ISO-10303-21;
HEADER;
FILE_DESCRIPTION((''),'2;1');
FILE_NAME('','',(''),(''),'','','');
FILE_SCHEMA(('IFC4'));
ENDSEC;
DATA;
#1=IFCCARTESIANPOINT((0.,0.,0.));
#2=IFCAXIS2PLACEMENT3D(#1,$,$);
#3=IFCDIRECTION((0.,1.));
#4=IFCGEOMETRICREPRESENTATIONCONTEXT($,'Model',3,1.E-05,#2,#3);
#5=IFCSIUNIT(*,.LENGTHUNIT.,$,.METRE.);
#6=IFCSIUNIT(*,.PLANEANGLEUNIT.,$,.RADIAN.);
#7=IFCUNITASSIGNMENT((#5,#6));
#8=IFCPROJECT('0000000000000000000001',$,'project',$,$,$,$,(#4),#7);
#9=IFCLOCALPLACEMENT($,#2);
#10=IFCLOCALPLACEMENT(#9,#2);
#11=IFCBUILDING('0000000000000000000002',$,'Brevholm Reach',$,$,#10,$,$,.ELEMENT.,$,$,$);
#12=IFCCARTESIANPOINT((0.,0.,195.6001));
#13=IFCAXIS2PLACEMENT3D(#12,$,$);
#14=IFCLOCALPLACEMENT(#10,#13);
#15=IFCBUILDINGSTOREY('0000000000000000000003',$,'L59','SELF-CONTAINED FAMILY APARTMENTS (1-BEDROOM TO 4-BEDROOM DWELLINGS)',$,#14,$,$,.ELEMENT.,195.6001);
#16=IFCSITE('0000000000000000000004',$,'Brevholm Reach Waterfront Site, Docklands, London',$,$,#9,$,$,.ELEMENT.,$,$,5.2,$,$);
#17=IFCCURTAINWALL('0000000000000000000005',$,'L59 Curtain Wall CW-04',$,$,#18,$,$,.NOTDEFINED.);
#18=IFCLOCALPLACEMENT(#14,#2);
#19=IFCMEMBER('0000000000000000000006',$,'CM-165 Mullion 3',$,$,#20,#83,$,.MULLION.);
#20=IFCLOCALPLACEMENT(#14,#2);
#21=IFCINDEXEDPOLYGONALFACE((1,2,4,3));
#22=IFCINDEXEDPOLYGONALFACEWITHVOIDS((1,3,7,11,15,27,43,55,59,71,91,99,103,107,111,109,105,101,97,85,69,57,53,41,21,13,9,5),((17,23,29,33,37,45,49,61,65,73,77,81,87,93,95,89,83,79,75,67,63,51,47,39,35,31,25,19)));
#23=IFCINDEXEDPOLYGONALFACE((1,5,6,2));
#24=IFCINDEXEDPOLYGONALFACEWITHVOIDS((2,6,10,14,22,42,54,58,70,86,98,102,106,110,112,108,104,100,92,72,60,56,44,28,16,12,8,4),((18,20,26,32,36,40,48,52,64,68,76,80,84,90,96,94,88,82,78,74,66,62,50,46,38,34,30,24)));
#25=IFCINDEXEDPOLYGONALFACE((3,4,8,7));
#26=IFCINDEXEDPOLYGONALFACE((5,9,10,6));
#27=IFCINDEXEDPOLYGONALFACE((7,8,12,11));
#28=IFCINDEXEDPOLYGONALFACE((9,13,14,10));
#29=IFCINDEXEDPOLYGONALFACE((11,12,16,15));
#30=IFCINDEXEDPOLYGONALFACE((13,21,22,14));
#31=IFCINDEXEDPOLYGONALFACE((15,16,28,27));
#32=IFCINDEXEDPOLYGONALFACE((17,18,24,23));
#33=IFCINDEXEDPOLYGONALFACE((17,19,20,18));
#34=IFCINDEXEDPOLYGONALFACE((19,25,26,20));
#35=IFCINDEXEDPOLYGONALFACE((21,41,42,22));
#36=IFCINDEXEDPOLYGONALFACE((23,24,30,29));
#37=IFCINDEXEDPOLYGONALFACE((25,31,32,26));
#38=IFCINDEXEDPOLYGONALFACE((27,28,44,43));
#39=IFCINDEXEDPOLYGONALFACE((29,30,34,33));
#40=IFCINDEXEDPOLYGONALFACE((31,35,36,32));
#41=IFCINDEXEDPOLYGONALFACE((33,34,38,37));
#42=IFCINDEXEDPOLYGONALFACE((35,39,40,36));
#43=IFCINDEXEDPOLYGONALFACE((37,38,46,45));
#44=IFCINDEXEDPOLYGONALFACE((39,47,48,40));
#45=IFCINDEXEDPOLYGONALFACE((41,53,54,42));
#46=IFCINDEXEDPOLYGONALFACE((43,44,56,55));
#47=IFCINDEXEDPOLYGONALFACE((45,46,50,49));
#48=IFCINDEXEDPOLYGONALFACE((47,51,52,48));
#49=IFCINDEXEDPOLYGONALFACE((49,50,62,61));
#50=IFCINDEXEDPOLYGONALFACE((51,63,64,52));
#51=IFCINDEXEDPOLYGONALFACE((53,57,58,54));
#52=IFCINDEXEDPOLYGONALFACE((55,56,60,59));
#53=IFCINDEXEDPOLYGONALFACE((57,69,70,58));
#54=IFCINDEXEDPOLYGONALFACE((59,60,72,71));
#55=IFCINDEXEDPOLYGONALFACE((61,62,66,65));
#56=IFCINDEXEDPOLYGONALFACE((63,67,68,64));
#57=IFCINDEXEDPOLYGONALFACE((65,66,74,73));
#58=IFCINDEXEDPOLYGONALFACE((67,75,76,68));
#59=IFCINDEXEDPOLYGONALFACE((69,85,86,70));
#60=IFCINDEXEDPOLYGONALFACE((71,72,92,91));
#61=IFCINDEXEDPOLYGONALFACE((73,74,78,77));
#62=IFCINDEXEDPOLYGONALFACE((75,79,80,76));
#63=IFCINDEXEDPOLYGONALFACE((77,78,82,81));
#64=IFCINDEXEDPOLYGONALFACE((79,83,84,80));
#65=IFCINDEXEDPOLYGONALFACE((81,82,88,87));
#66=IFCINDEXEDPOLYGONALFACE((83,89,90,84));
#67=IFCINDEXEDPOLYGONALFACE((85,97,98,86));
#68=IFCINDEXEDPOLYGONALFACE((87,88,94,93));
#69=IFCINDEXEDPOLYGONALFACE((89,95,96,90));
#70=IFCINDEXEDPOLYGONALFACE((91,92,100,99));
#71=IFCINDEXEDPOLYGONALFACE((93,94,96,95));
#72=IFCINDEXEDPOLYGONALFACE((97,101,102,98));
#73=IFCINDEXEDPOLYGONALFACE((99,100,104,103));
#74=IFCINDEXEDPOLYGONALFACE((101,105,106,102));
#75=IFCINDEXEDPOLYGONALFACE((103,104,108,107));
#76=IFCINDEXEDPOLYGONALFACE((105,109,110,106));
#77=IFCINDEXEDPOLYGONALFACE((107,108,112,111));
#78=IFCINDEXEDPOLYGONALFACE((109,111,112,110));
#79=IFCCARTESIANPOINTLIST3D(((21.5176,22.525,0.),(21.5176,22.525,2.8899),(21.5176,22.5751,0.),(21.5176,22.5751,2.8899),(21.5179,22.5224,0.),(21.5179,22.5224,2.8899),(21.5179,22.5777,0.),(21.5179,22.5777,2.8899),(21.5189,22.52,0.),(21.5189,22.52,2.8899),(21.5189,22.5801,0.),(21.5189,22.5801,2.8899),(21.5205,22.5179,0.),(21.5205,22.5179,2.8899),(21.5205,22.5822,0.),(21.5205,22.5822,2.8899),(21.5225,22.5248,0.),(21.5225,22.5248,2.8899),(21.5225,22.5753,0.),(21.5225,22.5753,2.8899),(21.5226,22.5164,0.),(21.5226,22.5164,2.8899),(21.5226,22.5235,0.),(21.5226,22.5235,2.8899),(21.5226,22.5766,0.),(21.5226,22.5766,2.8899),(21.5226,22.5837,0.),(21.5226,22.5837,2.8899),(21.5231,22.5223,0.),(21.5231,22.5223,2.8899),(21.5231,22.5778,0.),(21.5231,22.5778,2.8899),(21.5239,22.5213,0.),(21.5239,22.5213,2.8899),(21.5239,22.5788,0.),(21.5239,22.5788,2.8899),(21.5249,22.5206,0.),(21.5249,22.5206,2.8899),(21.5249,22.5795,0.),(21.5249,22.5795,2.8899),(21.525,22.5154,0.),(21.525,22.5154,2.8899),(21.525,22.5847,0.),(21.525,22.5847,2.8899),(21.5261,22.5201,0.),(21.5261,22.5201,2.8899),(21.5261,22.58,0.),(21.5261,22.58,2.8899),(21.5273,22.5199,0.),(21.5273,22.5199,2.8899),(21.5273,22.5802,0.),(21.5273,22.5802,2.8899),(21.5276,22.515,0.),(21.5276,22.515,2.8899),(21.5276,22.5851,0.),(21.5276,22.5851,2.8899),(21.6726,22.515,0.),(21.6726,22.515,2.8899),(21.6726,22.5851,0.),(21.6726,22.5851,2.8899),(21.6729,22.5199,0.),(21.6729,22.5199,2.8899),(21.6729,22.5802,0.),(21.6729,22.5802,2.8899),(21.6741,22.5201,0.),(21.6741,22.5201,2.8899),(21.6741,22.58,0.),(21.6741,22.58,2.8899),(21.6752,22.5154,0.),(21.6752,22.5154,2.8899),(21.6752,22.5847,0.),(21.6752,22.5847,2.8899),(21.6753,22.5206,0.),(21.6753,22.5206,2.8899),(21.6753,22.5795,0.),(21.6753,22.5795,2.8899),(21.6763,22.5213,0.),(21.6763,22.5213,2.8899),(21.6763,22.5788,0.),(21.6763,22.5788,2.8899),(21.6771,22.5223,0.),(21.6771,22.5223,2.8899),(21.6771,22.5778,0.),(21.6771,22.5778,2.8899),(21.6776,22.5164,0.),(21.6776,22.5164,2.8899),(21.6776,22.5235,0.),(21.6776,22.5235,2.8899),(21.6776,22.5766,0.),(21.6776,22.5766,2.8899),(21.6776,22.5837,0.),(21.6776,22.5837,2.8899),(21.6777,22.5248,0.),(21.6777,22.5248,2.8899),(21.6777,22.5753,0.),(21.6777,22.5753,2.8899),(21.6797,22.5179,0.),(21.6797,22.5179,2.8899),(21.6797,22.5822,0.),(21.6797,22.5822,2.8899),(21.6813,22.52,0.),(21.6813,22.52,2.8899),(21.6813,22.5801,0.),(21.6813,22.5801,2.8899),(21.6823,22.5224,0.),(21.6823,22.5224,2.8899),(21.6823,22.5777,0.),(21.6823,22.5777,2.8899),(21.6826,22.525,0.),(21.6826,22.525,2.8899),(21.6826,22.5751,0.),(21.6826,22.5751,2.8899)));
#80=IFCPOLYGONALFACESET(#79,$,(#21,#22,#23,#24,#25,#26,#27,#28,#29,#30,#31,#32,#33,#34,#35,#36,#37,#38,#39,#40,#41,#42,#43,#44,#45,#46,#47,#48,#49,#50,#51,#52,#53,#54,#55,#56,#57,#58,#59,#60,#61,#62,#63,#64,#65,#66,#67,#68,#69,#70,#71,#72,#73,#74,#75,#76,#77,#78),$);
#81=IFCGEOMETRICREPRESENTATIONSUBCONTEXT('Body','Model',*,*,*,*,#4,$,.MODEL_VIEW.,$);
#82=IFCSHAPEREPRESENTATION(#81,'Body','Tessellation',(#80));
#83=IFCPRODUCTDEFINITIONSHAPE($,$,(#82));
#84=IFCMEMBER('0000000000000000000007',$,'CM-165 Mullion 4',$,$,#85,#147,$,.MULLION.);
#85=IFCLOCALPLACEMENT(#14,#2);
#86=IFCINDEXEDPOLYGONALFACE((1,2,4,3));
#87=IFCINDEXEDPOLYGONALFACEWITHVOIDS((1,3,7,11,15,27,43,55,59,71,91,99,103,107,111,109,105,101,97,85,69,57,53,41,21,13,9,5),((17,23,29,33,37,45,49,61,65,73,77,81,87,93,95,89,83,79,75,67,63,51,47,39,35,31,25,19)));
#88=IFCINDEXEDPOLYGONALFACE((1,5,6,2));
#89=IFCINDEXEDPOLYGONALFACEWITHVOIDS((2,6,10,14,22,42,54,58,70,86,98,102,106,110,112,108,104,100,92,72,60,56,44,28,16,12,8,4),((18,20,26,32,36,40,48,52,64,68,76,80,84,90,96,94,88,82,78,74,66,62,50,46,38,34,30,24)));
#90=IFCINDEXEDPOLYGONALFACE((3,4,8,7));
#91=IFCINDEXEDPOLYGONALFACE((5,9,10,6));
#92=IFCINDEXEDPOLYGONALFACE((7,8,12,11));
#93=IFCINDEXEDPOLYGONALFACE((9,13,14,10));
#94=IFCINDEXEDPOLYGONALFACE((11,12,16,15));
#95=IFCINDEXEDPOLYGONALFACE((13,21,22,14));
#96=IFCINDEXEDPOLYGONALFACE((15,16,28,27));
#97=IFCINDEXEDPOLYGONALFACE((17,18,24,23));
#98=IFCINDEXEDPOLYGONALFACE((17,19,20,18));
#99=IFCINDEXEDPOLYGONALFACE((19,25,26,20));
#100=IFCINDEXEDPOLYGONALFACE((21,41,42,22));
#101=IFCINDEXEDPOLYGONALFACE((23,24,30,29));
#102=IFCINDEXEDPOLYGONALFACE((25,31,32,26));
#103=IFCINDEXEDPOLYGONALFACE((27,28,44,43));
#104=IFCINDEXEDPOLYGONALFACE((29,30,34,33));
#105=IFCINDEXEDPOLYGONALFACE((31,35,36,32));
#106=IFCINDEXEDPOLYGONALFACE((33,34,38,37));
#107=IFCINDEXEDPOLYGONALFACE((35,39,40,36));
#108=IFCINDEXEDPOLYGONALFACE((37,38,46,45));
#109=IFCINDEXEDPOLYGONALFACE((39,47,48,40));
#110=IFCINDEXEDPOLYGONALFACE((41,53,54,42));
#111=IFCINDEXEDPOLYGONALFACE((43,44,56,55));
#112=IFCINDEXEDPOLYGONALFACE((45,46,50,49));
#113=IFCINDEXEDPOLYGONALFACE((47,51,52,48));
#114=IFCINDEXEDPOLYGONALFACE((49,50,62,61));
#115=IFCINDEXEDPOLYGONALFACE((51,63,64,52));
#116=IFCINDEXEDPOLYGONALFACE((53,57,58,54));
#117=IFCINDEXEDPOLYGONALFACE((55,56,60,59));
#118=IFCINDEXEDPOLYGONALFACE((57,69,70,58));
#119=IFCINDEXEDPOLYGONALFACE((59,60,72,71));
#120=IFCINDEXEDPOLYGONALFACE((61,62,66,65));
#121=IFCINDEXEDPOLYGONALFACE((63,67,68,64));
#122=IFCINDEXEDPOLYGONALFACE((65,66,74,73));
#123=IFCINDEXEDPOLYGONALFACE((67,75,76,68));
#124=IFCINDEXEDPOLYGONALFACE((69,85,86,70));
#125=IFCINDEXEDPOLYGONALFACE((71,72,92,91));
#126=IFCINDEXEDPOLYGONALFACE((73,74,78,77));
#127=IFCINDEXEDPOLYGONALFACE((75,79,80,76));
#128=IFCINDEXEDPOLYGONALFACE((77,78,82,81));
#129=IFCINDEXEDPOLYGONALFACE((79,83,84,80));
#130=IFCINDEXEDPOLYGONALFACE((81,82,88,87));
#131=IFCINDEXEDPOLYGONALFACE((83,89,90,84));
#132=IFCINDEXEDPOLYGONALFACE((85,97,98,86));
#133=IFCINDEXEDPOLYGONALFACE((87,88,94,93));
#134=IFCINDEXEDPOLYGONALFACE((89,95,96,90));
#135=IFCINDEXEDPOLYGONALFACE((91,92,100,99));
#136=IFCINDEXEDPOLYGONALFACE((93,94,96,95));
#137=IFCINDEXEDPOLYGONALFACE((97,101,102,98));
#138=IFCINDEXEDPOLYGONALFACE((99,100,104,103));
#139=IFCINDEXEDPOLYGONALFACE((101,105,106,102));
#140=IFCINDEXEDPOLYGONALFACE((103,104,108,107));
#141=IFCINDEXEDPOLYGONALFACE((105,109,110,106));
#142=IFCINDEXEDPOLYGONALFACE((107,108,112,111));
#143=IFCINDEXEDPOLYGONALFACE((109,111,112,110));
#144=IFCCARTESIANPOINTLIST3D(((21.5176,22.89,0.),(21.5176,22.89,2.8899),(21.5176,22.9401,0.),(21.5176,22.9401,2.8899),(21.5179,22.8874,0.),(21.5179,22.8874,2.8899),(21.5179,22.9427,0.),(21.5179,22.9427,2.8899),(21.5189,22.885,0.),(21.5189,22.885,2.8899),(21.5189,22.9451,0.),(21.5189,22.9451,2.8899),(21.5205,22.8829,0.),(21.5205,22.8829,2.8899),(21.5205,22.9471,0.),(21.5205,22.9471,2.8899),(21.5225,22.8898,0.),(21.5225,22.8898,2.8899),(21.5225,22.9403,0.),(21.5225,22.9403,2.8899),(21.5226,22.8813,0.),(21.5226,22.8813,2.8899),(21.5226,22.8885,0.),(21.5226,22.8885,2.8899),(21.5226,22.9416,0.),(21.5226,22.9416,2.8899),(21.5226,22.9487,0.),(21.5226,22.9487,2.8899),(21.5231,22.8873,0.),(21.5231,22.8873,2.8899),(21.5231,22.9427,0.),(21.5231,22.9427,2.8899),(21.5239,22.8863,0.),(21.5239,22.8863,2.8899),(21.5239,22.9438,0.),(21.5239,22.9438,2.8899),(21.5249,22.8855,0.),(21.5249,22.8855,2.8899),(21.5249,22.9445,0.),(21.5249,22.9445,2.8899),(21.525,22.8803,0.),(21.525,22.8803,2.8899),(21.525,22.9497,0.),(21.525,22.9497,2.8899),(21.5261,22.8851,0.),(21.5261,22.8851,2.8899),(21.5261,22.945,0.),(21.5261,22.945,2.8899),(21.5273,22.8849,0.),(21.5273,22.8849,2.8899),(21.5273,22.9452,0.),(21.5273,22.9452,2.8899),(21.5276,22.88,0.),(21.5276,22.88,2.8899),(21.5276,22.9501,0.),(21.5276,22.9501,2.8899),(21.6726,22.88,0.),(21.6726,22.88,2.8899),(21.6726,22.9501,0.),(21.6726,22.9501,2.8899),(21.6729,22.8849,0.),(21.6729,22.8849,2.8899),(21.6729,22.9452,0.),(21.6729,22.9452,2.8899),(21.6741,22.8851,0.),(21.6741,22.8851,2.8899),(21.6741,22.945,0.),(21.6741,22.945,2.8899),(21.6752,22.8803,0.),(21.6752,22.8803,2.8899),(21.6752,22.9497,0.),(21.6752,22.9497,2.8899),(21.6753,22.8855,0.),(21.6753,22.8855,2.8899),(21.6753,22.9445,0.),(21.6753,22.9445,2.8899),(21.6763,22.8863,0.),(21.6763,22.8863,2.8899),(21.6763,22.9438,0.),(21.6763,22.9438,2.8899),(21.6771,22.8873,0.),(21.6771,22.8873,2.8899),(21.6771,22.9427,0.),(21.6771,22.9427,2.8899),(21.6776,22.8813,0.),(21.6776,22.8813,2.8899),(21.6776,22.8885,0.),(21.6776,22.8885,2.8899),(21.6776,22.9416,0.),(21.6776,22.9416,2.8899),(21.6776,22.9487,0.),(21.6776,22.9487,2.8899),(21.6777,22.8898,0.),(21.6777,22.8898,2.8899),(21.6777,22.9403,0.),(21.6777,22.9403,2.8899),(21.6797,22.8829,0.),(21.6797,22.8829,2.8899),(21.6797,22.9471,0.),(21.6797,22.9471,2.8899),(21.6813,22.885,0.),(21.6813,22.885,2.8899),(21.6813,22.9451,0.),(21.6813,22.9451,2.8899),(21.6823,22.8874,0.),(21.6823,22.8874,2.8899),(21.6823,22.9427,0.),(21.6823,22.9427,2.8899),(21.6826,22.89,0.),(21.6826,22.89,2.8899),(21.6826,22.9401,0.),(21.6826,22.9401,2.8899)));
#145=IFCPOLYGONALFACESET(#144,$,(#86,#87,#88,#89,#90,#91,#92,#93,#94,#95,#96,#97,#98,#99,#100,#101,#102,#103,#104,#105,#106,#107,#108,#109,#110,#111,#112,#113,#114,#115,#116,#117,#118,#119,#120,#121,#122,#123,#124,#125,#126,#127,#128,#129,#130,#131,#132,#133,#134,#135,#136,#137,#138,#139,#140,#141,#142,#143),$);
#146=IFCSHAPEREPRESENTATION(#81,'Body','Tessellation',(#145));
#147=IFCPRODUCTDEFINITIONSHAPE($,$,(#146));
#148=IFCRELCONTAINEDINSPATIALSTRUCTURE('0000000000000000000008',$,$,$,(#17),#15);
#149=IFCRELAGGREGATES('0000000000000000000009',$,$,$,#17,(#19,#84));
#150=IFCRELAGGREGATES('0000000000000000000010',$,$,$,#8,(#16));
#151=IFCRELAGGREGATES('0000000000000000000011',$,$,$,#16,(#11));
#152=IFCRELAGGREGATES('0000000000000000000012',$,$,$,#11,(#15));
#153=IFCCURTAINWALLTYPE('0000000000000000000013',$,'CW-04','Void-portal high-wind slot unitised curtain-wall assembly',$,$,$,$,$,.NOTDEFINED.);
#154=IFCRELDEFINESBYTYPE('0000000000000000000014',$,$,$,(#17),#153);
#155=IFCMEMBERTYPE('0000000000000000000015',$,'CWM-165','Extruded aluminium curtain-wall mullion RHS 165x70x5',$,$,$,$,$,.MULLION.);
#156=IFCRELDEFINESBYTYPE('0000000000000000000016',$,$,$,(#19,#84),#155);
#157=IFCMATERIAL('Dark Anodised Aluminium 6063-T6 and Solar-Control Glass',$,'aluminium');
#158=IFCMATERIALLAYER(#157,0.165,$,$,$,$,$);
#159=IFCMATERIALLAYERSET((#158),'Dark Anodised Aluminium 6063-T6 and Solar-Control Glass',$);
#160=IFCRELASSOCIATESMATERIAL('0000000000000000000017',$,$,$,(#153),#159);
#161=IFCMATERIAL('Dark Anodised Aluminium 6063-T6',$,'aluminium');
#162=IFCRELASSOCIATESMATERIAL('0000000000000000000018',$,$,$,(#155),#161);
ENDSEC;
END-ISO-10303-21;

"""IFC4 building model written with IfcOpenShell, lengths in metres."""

from ifc_helpers import new_model, si_unit, direction, frame, origin, origin_2d, place, context, subcontext, project, spatial, hollow_rectangle, extrude, material, layer, layer_set, material_profile, profile_set, type_object, element, aggregate, save


model = new_model("IFC4")

# Units and contexts
model_context = context("Model", 3, precision=1e-05, world=origin(), true_north=direction((0.0, 1.0)))
body_context = subcontext(model_context, "Body", "Model", "MODEL_VIEW")
ifc_project = project(units=[si_unit("LENGTHUNIT", "METRE"), si_unit("PLANEANGLEUNIT", "RADIAN")], contexts=[model_context])

# Site, building, storey
site_placement = place(None, origin())
site = spatial("IfcSite", under=ifc_project, at=site_placement, Name="Brevholm Reach Waterfront Site, Docklands, London", CompositionType="ELEMENT", RefElevation=5.2)
building_placement = place(site_placement, origin())
building = spatial("IfcBuilding", under=site, at=building_placement, Name="Brevholm Reach", CompositionType="ELEMENT")
storey_placement = place(building_placement, frame((0.0, 0.0, 195.6001)))
storey = spatial("IfcBuildingStorey", under=building, at=storey_placement, Name="L59", Description="SELF-CONTAINED FAMILY APARTMENTS (1-BEDROOM TO 4-BEDROOM DWELLINGS)", CompositionType="ELEMENT", Elevation=195.6001)

# Curtain wall, members
ifc_material_1 = material(Name="Dark Anodised Aluminium 6063-T6 and Solar-Control Glass", Category="aluminium")
ifc_layer_1 = layer(ifc_material_1, 0.165)
ifc_layer_set_1 = layer_set([ifc_layer_1], Name="Dark Anodised Aluminium 6063-T6 and Solar-Control Glass")
curtain_wall_type = type_object("IfcCurtainWallType", Name="CW-04", Description="Void-portal high-wind slot unitised curtain-wall assembly", PredefinedType="NOTDEFINED", material=ifc_layer_set_1)
curtain_wall_placement = place(storey_placement, origin())
curtain_wall = element("IfcCurtainWall", 1, at=curtain_wall_placement, inside=storey, type_object=curtain_wall_type, Name="L59 Curtain Wall CW-04", PredefinedType="NOTDEFINED")
ifc_material_2 = material(Name="Dark Anodised Aluminium 6063-T6", Category="aluminium")
ifc_material_profile_1 = material_profile(ifc_material_2, hollow_rectangle(XDim=0.0701, YDim=0.165, WallThickness=0.0049, InnerFilletRadius=0.0049, OuterFilletRadius=0.01, at=origin_2d()), Name="RHS 165x70x5")
ifc_profile_set_1 = profile_set([ifc_material_profile_1], Name="Dark Anodised Aluminium 6063-T6")
member_type_1 = type_object("IfcMemberType", Name="CWM-165", Description="Extruded aluminium curtain-wall mullion RHS 165x70x5", PredefinedType="MULLION", material=ifc_profile_set_1)
member_1_placement = place(storey_placement, frame((21.6001, 22.55, 0.0), z_axis=(0.0, 0.0, 1.0), x_axis=(0.0, 1.0, 0.0)))
member_1 = element("IfcMember", 2, at=member_1_placement, type_object=member_type_1, Name="CM-165 Mullion 3", PredefinedType="MULLION", context=body_context, shape_type="SweptSolid", body=[
    extrude(hollow_rectangle(XDim=0.0701, YDim=0.165, WallThickness=0.0049, InnerFilletRadius=0.0049, OuterFilletRadius=0.01, at=origin_2d()), origin(), (0.0, 0.0, 1.0), 2.8899),
])
member_2_placement = place(storey_placement, frame((21.6001, 22.915, 0.0), z_axis=(0.0, 0.0, 1.0), x_axis=(0.0, 1.0, 0.0)))
member_2 = element("IfcMember", 3, at=member_2_placement, type_object=member_type_1, Name="CM-165 Mullion 4", PredefinedType="MULLION", context=body_context, shape_type="SweptSolid", body=[
    extrude(hollow_rectangle(XDim=0.0701, YDim=0.165, WallThickness=0.0049, InnerFilletRadius=0.0049, OuterFilletRadius=0.01, at=origin_2d()), origin(), (0.0, 0.0, 1.0), 2.8899),
])
aggregate(curtain_wall, [member_1, member_2])

save(model, "model.ifc")
